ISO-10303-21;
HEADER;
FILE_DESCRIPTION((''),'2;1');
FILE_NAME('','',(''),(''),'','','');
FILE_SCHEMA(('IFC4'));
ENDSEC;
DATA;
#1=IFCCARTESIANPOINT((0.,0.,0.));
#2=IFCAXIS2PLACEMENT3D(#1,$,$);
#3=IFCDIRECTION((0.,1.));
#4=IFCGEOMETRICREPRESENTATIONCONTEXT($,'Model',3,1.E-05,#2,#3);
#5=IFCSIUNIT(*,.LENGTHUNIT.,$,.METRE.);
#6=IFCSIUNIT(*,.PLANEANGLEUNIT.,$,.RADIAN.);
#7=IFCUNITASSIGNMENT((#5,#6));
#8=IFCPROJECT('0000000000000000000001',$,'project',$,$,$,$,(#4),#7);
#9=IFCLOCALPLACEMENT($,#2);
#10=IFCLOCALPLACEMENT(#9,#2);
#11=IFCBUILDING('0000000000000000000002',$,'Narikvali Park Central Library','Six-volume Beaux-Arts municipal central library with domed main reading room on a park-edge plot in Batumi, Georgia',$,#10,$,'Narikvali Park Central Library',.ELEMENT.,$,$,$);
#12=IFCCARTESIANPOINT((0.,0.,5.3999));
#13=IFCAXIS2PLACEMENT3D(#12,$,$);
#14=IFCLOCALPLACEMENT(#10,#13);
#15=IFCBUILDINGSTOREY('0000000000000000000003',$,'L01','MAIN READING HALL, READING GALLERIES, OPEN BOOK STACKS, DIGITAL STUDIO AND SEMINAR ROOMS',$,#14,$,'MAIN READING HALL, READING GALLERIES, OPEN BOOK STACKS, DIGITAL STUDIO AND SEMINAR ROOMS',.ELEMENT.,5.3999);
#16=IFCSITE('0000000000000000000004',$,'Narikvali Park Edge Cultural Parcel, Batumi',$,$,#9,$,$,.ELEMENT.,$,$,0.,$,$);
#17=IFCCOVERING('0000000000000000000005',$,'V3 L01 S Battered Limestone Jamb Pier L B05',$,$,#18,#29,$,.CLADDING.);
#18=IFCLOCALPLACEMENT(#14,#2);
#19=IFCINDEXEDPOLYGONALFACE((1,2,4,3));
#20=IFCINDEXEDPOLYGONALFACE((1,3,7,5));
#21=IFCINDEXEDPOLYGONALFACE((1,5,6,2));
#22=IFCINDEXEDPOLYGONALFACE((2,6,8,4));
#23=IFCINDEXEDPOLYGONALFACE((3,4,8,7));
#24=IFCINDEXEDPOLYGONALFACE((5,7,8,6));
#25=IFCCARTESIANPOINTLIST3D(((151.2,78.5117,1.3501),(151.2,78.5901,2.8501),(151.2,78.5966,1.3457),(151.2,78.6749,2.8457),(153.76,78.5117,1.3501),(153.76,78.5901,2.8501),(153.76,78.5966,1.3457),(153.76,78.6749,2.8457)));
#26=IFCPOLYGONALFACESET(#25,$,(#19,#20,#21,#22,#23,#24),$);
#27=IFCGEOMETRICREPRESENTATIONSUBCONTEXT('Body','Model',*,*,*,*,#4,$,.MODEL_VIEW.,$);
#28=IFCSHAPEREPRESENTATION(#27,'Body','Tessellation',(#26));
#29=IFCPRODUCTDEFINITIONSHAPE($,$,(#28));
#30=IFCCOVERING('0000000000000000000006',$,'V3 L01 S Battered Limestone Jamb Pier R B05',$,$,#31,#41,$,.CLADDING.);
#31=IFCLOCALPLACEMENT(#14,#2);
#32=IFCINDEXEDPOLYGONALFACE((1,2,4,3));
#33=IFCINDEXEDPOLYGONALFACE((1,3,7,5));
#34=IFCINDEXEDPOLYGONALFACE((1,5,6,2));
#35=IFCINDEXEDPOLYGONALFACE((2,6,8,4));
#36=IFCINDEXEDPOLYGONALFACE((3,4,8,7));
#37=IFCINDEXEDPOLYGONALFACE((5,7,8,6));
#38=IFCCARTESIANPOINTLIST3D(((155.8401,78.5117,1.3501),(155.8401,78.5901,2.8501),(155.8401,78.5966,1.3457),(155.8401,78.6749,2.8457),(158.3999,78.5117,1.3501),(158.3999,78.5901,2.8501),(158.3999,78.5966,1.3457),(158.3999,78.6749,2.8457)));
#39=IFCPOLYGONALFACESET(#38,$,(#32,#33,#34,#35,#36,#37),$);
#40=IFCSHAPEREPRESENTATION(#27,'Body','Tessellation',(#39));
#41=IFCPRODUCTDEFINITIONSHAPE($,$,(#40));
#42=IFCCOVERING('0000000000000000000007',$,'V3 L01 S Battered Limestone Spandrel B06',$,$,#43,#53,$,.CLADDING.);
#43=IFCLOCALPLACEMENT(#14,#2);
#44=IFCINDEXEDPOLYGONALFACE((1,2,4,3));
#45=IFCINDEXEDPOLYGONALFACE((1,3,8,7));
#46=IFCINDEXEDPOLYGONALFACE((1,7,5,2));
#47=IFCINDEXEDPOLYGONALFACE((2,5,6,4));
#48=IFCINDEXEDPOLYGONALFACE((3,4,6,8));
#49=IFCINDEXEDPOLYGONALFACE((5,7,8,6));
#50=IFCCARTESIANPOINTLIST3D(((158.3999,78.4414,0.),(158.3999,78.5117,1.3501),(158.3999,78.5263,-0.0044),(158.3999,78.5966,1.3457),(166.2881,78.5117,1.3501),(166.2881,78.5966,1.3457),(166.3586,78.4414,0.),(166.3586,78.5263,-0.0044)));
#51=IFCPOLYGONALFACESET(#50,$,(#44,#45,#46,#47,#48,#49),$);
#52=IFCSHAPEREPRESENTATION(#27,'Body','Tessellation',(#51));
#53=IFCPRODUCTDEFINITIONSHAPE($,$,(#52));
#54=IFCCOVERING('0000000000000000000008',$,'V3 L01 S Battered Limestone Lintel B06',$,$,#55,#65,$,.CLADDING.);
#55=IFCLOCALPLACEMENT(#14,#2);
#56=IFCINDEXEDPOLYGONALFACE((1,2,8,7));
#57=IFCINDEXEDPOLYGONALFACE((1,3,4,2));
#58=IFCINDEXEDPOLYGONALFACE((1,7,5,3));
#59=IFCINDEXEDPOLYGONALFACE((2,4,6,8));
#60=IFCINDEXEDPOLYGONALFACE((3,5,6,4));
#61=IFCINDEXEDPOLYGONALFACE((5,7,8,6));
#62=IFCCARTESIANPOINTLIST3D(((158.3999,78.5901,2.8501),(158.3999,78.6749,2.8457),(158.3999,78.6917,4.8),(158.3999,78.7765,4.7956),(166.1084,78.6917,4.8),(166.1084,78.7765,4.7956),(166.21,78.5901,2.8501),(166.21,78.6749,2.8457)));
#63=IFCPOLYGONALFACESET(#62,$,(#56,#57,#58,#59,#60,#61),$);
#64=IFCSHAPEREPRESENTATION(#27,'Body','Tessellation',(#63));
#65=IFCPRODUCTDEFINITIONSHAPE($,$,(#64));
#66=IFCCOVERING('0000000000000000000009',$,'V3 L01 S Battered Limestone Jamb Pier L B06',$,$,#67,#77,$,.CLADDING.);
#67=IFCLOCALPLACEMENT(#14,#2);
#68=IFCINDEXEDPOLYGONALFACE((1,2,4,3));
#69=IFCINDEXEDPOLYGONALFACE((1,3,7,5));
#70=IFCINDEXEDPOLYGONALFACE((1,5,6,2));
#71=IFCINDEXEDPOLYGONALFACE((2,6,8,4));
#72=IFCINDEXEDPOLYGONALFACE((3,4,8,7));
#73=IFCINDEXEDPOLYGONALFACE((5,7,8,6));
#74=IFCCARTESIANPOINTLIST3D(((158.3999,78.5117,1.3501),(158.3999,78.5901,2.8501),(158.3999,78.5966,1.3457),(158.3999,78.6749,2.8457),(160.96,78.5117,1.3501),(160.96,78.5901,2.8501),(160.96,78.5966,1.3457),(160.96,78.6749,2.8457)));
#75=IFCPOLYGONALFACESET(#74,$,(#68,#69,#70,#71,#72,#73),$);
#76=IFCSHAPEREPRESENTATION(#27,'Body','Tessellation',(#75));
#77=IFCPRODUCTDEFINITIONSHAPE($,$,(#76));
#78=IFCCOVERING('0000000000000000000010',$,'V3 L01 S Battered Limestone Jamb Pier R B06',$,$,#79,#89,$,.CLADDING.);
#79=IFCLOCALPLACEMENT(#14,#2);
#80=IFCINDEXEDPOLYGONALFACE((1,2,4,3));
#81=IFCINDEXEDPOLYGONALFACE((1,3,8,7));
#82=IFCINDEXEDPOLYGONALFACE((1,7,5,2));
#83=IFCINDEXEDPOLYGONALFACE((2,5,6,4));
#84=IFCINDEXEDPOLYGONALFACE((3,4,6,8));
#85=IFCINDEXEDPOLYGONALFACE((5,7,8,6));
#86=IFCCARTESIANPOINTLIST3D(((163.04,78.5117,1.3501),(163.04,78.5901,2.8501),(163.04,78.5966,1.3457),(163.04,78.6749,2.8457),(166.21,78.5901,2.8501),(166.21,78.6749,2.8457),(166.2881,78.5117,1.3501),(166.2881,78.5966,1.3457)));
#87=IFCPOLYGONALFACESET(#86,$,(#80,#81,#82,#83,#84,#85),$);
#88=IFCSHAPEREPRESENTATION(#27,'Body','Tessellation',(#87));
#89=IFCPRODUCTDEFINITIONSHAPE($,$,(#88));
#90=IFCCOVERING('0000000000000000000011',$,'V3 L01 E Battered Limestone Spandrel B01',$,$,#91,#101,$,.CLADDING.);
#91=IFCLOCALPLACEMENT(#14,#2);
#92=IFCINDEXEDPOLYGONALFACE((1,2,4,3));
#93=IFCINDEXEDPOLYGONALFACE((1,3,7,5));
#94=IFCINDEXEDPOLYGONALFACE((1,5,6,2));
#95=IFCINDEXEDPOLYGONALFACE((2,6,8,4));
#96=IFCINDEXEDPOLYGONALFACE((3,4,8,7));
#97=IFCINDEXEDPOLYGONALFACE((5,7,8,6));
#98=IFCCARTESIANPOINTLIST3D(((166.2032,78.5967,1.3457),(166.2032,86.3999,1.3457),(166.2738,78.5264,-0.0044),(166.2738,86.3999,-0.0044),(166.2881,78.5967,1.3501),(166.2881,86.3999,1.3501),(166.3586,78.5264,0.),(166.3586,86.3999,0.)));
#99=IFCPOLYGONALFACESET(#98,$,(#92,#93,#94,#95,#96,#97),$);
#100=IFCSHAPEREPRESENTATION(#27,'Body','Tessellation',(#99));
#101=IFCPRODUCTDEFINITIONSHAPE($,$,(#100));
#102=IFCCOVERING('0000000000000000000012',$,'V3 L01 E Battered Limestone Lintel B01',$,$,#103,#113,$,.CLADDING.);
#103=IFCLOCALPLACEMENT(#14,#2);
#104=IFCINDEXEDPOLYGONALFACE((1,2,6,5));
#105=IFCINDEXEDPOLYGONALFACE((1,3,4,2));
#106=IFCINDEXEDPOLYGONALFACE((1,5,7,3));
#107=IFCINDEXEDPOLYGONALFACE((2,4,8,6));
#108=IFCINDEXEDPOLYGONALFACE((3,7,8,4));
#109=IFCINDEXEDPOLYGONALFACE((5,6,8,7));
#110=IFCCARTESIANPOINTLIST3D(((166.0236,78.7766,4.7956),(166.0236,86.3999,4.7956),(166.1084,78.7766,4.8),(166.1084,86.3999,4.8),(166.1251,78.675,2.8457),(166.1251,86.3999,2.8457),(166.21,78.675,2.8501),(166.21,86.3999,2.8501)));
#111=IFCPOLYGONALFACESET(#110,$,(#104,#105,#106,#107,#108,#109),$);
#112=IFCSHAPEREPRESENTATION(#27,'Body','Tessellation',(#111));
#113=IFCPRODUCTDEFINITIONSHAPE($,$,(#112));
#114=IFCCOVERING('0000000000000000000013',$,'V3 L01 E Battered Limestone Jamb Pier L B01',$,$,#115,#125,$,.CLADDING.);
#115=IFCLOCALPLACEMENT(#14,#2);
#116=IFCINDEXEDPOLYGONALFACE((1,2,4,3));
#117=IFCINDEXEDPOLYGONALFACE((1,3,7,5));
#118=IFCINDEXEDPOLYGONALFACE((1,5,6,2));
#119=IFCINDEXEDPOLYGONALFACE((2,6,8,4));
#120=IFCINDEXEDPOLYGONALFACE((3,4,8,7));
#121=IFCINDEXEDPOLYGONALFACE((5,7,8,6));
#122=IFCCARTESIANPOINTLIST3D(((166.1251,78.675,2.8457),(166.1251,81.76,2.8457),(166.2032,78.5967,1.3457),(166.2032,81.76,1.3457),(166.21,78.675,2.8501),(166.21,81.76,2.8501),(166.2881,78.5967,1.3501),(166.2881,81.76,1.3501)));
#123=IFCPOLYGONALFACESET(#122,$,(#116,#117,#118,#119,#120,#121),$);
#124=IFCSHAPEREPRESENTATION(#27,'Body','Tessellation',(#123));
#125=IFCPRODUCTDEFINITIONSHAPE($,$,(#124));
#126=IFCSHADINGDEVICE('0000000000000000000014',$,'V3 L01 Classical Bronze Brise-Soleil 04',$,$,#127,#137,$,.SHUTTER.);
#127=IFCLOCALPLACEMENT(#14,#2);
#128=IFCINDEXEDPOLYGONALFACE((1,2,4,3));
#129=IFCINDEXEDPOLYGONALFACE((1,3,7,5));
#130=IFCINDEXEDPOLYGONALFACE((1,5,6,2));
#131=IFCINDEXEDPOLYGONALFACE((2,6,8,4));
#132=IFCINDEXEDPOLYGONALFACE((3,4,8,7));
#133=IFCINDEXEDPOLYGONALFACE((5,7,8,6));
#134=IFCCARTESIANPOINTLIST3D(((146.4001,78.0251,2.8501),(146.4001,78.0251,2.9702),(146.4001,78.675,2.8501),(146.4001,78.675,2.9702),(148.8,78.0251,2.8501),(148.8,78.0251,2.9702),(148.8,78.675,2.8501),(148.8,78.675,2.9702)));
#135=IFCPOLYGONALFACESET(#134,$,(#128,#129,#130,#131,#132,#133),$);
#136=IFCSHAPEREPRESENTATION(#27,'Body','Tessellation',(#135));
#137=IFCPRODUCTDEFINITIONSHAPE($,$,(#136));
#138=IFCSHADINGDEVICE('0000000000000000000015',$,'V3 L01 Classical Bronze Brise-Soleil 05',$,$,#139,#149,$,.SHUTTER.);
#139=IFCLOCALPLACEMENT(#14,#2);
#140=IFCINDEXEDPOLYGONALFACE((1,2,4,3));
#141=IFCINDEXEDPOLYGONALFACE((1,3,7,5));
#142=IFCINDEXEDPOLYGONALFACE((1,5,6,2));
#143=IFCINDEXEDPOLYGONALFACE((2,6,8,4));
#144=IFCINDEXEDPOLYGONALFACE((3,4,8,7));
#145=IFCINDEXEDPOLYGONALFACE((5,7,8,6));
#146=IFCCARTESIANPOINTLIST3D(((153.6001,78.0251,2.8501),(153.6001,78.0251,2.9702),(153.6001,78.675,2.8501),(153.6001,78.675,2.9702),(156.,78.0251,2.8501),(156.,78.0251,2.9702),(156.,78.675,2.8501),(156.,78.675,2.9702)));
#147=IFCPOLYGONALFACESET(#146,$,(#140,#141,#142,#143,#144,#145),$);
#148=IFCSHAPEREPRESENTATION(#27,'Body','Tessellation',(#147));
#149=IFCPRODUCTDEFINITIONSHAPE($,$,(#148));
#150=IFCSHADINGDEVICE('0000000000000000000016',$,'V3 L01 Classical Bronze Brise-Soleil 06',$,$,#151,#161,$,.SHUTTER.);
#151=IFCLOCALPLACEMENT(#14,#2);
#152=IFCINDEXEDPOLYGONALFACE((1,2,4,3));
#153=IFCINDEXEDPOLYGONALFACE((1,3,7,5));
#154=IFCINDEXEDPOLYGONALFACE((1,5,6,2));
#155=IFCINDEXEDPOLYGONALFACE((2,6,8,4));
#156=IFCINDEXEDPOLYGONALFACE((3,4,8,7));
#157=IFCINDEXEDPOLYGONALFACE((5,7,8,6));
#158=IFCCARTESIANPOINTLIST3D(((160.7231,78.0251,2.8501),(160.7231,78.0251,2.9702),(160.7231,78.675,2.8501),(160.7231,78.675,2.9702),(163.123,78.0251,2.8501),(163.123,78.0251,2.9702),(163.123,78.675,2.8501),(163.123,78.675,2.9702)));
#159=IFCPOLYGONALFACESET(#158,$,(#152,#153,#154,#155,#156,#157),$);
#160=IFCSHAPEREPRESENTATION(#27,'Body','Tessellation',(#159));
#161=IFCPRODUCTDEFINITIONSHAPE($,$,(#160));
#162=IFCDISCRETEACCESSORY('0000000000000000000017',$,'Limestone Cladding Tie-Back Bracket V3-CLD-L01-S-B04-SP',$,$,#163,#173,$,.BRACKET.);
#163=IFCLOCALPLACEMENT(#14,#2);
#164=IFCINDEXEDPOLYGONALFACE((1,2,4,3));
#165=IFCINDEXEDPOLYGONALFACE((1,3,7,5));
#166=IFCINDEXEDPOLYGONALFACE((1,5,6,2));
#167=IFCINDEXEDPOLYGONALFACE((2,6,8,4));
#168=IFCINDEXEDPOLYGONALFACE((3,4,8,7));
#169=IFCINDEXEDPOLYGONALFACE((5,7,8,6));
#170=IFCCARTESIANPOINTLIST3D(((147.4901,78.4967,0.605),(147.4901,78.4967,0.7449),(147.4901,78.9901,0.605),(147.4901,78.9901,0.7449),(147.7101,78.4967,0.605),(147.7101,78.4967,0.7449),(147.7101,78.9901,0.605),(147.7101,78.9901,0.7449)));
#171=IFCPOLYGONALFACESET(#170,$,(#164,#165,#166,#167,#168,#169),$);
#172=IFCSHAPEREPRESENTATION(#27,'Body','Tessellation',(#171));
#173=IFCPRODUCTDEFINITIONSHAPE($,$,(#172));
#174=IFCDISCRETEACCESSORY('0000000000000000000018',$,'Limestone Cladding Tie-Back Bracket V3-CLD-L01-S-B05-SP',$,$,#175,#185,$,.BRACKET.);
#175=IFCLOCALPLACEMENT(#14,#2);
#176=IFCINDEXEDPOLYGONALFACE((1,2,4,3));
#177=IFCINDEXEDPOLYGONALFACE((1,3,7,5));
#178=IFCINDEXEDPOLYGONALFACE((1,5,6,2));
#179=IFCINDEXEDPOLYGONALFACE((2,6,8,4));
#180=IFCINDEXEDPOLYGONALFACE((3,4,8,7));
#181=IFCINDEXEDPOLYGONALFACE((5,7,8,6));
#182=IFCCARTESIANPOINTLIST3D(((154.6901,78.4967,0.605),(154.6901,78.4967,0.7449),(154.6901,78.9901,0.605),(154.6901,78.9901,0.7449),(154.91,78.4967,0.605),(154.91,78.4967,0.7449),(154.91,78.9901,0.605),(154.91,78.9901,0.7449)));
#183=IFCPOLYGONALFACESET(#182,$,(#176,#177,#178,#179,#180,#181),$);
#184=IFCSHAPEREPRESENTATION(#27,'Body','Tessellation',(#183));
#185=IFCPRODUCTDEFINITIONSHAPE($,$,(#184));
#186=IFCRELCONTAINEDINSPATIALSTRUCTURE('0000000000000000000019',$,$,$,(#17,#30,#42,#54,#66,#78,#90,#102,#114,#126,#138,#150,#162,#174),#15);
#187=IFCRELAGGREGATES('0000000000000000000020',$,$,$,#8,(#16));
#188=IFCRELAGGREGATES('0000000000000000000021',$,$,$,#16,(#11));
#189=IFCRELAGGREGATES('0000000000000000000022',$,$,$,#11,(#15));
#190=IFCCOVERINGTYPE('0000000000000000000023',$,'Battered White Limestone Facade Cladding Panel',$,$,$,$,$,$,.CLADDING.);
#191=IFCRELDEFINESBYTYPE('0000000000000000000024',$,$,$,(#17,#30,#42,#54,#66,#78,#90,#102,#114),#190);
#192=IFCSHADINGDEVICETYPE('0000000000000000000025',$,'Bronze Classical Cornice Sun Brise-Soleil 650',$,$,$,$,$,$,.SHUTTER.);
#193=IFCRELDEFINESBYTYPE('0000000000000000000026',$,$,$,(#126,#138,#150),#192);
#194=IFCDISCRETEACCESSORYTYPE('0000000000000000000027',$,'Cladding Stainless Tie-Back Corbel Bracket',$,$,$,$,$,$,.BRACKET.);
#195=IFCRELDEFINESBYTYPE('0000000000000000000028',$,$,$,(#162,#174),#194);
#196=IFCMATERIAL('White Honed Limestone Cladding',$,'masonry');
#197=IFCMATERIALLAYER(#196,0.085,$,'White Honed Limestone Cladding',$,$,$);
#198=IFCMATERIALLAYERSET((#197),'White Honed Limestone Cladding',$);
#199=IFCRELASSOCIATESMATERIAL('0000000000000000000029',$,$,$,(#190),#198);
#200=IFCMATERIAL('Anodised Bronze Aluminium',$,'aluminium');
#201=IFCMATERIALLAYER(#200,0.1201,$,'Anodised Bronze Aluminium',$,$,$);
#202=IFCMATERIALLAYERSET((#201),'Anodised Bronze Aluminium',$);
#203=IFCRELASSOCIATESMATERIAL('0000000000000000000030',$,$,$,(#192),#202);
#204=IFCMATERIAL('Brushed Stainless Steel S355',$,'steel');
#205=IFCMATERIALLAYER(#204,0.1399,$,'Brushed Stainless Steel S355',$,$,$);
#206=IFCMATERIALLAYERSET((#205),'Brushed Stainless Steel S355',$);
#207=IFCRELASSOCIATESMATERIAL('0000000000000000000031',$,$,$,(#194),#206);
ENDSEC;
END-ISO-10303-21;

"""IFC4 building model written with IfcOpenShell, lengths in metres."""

from ifc_helpers import new_model, si_unit, direction, frame, origin, origin_2d, place, context, subcontext, project, spatial, polyline, rectangle, outline, extrude, material, layer, layer_set, type_object, element, save


model = new_model("IFC4")

# Units and contexts
model_context = context("Model", 3, precision=1e-05, world=origin(), true_north=direction((0.0, 1.0)))
body_context = subcontext(model_context, "Body", "Model", "MODEL_VIEW")
ifc_project = project(units=[si_unit("LENGTHUNIT", "METRE"), si_unit("PLANEANGLEUNIT", "RADIAN")], contexts=[model_context])

# Site, building, storey
site_placement = place(None, origin())
site = spatial("IfcSite", under=ifc_project, at=site_placement, Name="Narikvali Park Edge Cultural Parcel, Batumi", CompositionType="ELEMENT", RefElevation=0.0)
building_placement = place(site_placement, origin())
building = spatial("IfcBuilding", under=site, at=building_placement, Name="Narikvali Park Central Library", Description="Six-volume Beaux-Arts municipal central library with domed main reading room on a park-edge plot in Batumi, Georgia", LongName="Narikvali Park Central Library", CompositionType="ELEMENT")
storey_placement = place(building_placement, frame((0.0, 0.0, 5.3999)))
storey = spatial("IfcBuildingStorey", under=building, at=storey_placement, Name="L01", Description="MAIN READING HALL, READING GALLERIES, OPEN BOOK STACKS, DIGITAL STUDIO AND SEMINAR ROOMS", LongName="MAIN READING HALL, READING GALLERIES, OPEN BOOK STACKS, DIGITAL STUDIO AND SEMINAR ROOMS", CompositionType="ELEMENT", Elevation=5.3999)

# Shared definitions
ifc_material_1 = material(Name="Anodised Bronze Aluminium", Category="aluminium")

# Coverings
ifc_material_2 = material(Name="White Honed Limestone Cladding", Category="masonry")
ifc_layer_1 = layer(ifc_material_2, 0.085, Name="White Honed Limestone Cladding")
ifc_layer_set_1 = layer_set([ifc_layer_1], Name="White Honed Limestone Cladding")
covering_type = type_object("IfcCoveringType", Name="Battered White Limestone Facade Cladding Panel", PredefinedType="CLADDING", material=ifc_layer_set_1)
covering_1_placement = place(storey_placement, frame((151.2, 78.5117, 1.3501), z_axis=(0.0, -0.998638, 0.052175), x_axis=(1.0, 0.0, 0.0)))
element("IfcCovering", 1, at=covering_1_placement, inside=storey, type_object=covering_type, Name="V3 L01 S Battered Limestone Jamb Pier L B05", PredefinedType="CLADDING", context=body_context, shape_type="SweptSolid", body=[
    extrude(outline(polyline([(0.0, 0.0), (2.5601, 0.0), (2.5601, 1.502), (0.0, 1.502), (0.0, 0.0)])), origin(), (0.0, 0.0, -1.0), 0.085),
])
covering_2_placement = place(storey_placement, frame((155.8401, 78.5117, 1.3501), z_axis=(0.0, -0.998638, 0.052175), x_axis=(1.0, 0.0, 0.0)))
element("IfcCovering", 2, at=covering_2_placement, inside=storey, type_object=covering_type, Name="V3 L01 S Battered Limestone Jamb Pier R B05", PredefinedType="CLADDING", context=body_context, shape_type="SweptSolid", body=[
    extrude(outline(polyline([(0.0, 0.0), (2.5598, 0.0), (2.5598, 1.502), (0.0, 1.502), (0.0, 0.0)])), origin(), (0.0, 0.0, -1.0), 0.085),
])
covering_3_placement = place(storey_placement, frame((158.3999, 78.4414, 0.0), z_axis=(0.0, -0.998647, 0.052009), x_axis=(1.0, 0.0, 0.0)))
element("IfcCovering", 3, at=covering_3_placement, inside=storey, type_object=covering_type, Name="V3 L01 S Battered Limestone Spandrel B06", PredefinedType="CLADDING", context=body_context, shape_type="SweptSolid", body=[
    extrude(outline(polyline([(0.0, 0.0), (7.9587, 0.0), (7.8882, 1.3519), (0.0, 1.3519), (0.0, 0.0)])), origin(), (0.0, 0.0, -1.0), 0.085),
])
covering_4_placement = place(storey_placement, frame((158.3999, 78.5901, 2.8501), z_axis=(0.0, -0.998646, 0.052014), x_axis=(1.0, 0.0, 0.0)))
element("IfcCovering", 4, at=covering_4_placement, inside=storey, type_object=covering_type, Name="V3 L01 S Battered Limestone Lintel B06", PredefinedType="CLADDING", context=body_context, shape_type="SweptSolid", body=[
    extrude(outline(polyline([(0.0, 0.0), (7.8101, 0.0), (7.7085, 1.9526), (0.0, 1.9526), (0.0, 0.0)])), origin(), (0.0, 0.0, -1.0), 0.085),
])
covering_5_placement = place(storey_placement, frame((158.3999, 78.5117, 1.3501), z_axis=(0.0, -0.998638, 0.052175), x_axis=(1.0, 0.0, 0.0)))
element("IfcCovering", 5, at=covering_5_placement, inside=storey, type_object=covering_type, Name="V3 L01 S Battered Limestone Jamb Pier L B06", PredefinedType="CLADDING", context=body_context, shape_type="SweptSolid", body=[
    extrude(outline(polyline([(0.0, 0.0), (2.5601, 0.0), (2.5601, 1.502), (0.0, 1.502), (0.0, 0.0)])), origin(), (0.0, 0.0, -1.0), 0.085),
])
covering_6_placement = place(storey_placement, frame((163.04, 78.5117, 1.3501), z_axis=(0.0, -0.998638, 0.052175), x_axis=(1.0, 0.0, 0.0)))
element("IfcCovering", 6, at=covering_6_placement, inside=storey, type_object=covering_type, Name="V3 L01 S Battered Limestone Jamb Pier R B06", PredefinedType="CLADDING", context=body_context, shape_type="SweptSolid", body=[
    extrude(outline(polyline([(0.0, 0.0), (3.248, 0.0), (3.1699, 1.502), (0.0, 1.502), (0.0, 0.0)])), origin(), (0.0, 0.0, -1.0), 0.085),
])
covering_7_placement = place(storey_placement, frame((166.3586, 78.5264, 0.0), z_axis=(0.998637, 0.0, 0.052189), x_axis=(0.0, 1.0, 0.0)))
element("IfcCovering", 7, at=covering_7_placement, inside=storey, type_object=covering_type, Name="V3 L01 E Battered Limestone Spandrel B01", PredefinedType="CLADDING", context=body_context, shape_type="SweptSolid", body=[
    extrude(outline(polyline([(0.0, 0.0), (7.8735, 0.0), (7.8735, 1.3519), (0.0703, 1.3519), (0.0, 0.0)])), origin(), (0.0, 0.0, -1.0), 0.085),
])
covering_8_placement = place(storey_placement, frame((166.21, 78.675, 2.8501), z_axis=(0.998646, 0.0, 0.052014), x_axis=(0.0, 1.0, 0.0)))
element("IfcCovering", 8, at=covering_8_placement, inside=storey, type_object=covering_type, Name="V3 L01 E Battered Limestone Lintel B01", PredefinedType="CLADDING", context=body_context, shape_type="SweptSolid", body=[
    extrude(outline(polyline([(0.0, 0.0), (7.7249, 0.0), (7.7249, 1.9526), (0.1016, 1.9526), (0.0, 0.0)])), origin(), (0.0, 0.0, -1.0), 0.085),
])
covering_9_placement = place(storey_placement, frame((166.2881, 78.5967, 1.3501), z_axis=(0.998646, 0.0, 0.052013), x_axis=(0.0, 1.0, 0.0)))
element("IfcCovering", 9, at=covering_9_placement, inside=storey, type_object=covering_type, Name="V3 L01 E Battered Limestone Jamb Pier L B01", PredefinedType="CLADDING", context=body_context, shape_type="SweptSolid", body=[
    extrude(outline(polyline([(0.0, 0.0), (3.1633, 0.0), (3.1633, 1.502), (0.0784, 1.502), (0.0, 0.0)])), origin(), (0.0, 0.0, -1.0), 0.085),
])

# Shading devices
ifc_layer_2 = layer(ifc_material_1, 0.1201, Name="Anodised Bronze Aluminium")
ifc_layer_set_2 = layer_set([ifc_layer_2], Name="Anodised Bronze Aluminium")
shading_device_type = type_object("IfcShadingDeviceType", Name="Bronze Classical Cornice Sun Brise-Soleil 650", PredefinedType="SHUTTER", material=ifc_layer_set_2)
for number, where, z_axis, x_axis, name in (
    (10, (147.6001, 78.3501, 2.8501), (0.0, 0.0, 1.0), (1.0, 0.0, 0.0), "V3 L01 Classical Bronze Brise-Soleil 04"),
    (11, (154.8, 78.3501, 2.8501), (0.0, 0.0, 1.0), (1.0, 0.0, 0.0), "V3 L01 Classical Bronze Brise-Soleil 05"),
    (12, (161.9231, 78.3501, 2.8501), (0.0, 0.0, 1.0), (1.0, 0.0, 0.0), "V3 L01 Classical Bronze Brise-Soleil 06"),
):
    element("IfcShadingDevice", number, at=place(storey_placement, frame(where, z_axis=z_axis, x_axis=x_axis)), inside=storey, type_object=shading_device_type, Name=name, PredefinedType="SHUTTER", context=body_context, shape_type="SweptSolid", body=[
        extrude(rectangle(XDim=2.3999, YDim=0.6499, at=origin_2d()), origin(), (0.0, 0.0, 1.0), 0.1201),
    ])

# Discrete accessories
ifc_material_3 = material(Name="Brushed Stainless Steel S355", Category="steel")
ifc_layer_3 = layer(ifc_material_3, 0.1399, Name="Brushed Stainless Steel S355")
ifc_layer_set_3 = layer_set([ifc_layer_3], Name="Brushed Stainless Steel S355")
discrete_accessory_type = type_object("IfcDiscreteAccessoryType", Name="Cladding Stainless Tie-Back Corbel Bracket", PredefinedType="BRACKET", material=ifc_layer_set_3)
for number, where, z_axis, x_axis, name in (
    (13, (147.6001, 78.7434, 0.605), (0.0, 0.0, 1.0), (1.0, 0.0, 0.0), "Limestone Cladding Tie-Back Bracket V3-CLD-L01-S-B04-SP"),
    (14, (154.8, 78.7434, 0.605), (0.0, 0.0, 1.0), (1.0, 0.0, 0.0), "Limestone Cladding Tie-Back Bracket V3-CLD-L01-S-B05-SP"),
):
    element("IfcDiscreteAccessory", number, at=place(storey_placement, frame(where, z_axis=z_axis, x_axis=x_axis)), inside=storey, type_object=discrete_accessory_type, Name=name, PredefinedType="BRACKET", context=body_context, shape_type="SweptSolid", body=[
        extrude(rectangle(XDim=0.22, YDim=0.4934, at=origin_2d()), origin(), (0.0, 0.0, 1.0), 0.1399),
    ])

save(model, "model.ifc")
